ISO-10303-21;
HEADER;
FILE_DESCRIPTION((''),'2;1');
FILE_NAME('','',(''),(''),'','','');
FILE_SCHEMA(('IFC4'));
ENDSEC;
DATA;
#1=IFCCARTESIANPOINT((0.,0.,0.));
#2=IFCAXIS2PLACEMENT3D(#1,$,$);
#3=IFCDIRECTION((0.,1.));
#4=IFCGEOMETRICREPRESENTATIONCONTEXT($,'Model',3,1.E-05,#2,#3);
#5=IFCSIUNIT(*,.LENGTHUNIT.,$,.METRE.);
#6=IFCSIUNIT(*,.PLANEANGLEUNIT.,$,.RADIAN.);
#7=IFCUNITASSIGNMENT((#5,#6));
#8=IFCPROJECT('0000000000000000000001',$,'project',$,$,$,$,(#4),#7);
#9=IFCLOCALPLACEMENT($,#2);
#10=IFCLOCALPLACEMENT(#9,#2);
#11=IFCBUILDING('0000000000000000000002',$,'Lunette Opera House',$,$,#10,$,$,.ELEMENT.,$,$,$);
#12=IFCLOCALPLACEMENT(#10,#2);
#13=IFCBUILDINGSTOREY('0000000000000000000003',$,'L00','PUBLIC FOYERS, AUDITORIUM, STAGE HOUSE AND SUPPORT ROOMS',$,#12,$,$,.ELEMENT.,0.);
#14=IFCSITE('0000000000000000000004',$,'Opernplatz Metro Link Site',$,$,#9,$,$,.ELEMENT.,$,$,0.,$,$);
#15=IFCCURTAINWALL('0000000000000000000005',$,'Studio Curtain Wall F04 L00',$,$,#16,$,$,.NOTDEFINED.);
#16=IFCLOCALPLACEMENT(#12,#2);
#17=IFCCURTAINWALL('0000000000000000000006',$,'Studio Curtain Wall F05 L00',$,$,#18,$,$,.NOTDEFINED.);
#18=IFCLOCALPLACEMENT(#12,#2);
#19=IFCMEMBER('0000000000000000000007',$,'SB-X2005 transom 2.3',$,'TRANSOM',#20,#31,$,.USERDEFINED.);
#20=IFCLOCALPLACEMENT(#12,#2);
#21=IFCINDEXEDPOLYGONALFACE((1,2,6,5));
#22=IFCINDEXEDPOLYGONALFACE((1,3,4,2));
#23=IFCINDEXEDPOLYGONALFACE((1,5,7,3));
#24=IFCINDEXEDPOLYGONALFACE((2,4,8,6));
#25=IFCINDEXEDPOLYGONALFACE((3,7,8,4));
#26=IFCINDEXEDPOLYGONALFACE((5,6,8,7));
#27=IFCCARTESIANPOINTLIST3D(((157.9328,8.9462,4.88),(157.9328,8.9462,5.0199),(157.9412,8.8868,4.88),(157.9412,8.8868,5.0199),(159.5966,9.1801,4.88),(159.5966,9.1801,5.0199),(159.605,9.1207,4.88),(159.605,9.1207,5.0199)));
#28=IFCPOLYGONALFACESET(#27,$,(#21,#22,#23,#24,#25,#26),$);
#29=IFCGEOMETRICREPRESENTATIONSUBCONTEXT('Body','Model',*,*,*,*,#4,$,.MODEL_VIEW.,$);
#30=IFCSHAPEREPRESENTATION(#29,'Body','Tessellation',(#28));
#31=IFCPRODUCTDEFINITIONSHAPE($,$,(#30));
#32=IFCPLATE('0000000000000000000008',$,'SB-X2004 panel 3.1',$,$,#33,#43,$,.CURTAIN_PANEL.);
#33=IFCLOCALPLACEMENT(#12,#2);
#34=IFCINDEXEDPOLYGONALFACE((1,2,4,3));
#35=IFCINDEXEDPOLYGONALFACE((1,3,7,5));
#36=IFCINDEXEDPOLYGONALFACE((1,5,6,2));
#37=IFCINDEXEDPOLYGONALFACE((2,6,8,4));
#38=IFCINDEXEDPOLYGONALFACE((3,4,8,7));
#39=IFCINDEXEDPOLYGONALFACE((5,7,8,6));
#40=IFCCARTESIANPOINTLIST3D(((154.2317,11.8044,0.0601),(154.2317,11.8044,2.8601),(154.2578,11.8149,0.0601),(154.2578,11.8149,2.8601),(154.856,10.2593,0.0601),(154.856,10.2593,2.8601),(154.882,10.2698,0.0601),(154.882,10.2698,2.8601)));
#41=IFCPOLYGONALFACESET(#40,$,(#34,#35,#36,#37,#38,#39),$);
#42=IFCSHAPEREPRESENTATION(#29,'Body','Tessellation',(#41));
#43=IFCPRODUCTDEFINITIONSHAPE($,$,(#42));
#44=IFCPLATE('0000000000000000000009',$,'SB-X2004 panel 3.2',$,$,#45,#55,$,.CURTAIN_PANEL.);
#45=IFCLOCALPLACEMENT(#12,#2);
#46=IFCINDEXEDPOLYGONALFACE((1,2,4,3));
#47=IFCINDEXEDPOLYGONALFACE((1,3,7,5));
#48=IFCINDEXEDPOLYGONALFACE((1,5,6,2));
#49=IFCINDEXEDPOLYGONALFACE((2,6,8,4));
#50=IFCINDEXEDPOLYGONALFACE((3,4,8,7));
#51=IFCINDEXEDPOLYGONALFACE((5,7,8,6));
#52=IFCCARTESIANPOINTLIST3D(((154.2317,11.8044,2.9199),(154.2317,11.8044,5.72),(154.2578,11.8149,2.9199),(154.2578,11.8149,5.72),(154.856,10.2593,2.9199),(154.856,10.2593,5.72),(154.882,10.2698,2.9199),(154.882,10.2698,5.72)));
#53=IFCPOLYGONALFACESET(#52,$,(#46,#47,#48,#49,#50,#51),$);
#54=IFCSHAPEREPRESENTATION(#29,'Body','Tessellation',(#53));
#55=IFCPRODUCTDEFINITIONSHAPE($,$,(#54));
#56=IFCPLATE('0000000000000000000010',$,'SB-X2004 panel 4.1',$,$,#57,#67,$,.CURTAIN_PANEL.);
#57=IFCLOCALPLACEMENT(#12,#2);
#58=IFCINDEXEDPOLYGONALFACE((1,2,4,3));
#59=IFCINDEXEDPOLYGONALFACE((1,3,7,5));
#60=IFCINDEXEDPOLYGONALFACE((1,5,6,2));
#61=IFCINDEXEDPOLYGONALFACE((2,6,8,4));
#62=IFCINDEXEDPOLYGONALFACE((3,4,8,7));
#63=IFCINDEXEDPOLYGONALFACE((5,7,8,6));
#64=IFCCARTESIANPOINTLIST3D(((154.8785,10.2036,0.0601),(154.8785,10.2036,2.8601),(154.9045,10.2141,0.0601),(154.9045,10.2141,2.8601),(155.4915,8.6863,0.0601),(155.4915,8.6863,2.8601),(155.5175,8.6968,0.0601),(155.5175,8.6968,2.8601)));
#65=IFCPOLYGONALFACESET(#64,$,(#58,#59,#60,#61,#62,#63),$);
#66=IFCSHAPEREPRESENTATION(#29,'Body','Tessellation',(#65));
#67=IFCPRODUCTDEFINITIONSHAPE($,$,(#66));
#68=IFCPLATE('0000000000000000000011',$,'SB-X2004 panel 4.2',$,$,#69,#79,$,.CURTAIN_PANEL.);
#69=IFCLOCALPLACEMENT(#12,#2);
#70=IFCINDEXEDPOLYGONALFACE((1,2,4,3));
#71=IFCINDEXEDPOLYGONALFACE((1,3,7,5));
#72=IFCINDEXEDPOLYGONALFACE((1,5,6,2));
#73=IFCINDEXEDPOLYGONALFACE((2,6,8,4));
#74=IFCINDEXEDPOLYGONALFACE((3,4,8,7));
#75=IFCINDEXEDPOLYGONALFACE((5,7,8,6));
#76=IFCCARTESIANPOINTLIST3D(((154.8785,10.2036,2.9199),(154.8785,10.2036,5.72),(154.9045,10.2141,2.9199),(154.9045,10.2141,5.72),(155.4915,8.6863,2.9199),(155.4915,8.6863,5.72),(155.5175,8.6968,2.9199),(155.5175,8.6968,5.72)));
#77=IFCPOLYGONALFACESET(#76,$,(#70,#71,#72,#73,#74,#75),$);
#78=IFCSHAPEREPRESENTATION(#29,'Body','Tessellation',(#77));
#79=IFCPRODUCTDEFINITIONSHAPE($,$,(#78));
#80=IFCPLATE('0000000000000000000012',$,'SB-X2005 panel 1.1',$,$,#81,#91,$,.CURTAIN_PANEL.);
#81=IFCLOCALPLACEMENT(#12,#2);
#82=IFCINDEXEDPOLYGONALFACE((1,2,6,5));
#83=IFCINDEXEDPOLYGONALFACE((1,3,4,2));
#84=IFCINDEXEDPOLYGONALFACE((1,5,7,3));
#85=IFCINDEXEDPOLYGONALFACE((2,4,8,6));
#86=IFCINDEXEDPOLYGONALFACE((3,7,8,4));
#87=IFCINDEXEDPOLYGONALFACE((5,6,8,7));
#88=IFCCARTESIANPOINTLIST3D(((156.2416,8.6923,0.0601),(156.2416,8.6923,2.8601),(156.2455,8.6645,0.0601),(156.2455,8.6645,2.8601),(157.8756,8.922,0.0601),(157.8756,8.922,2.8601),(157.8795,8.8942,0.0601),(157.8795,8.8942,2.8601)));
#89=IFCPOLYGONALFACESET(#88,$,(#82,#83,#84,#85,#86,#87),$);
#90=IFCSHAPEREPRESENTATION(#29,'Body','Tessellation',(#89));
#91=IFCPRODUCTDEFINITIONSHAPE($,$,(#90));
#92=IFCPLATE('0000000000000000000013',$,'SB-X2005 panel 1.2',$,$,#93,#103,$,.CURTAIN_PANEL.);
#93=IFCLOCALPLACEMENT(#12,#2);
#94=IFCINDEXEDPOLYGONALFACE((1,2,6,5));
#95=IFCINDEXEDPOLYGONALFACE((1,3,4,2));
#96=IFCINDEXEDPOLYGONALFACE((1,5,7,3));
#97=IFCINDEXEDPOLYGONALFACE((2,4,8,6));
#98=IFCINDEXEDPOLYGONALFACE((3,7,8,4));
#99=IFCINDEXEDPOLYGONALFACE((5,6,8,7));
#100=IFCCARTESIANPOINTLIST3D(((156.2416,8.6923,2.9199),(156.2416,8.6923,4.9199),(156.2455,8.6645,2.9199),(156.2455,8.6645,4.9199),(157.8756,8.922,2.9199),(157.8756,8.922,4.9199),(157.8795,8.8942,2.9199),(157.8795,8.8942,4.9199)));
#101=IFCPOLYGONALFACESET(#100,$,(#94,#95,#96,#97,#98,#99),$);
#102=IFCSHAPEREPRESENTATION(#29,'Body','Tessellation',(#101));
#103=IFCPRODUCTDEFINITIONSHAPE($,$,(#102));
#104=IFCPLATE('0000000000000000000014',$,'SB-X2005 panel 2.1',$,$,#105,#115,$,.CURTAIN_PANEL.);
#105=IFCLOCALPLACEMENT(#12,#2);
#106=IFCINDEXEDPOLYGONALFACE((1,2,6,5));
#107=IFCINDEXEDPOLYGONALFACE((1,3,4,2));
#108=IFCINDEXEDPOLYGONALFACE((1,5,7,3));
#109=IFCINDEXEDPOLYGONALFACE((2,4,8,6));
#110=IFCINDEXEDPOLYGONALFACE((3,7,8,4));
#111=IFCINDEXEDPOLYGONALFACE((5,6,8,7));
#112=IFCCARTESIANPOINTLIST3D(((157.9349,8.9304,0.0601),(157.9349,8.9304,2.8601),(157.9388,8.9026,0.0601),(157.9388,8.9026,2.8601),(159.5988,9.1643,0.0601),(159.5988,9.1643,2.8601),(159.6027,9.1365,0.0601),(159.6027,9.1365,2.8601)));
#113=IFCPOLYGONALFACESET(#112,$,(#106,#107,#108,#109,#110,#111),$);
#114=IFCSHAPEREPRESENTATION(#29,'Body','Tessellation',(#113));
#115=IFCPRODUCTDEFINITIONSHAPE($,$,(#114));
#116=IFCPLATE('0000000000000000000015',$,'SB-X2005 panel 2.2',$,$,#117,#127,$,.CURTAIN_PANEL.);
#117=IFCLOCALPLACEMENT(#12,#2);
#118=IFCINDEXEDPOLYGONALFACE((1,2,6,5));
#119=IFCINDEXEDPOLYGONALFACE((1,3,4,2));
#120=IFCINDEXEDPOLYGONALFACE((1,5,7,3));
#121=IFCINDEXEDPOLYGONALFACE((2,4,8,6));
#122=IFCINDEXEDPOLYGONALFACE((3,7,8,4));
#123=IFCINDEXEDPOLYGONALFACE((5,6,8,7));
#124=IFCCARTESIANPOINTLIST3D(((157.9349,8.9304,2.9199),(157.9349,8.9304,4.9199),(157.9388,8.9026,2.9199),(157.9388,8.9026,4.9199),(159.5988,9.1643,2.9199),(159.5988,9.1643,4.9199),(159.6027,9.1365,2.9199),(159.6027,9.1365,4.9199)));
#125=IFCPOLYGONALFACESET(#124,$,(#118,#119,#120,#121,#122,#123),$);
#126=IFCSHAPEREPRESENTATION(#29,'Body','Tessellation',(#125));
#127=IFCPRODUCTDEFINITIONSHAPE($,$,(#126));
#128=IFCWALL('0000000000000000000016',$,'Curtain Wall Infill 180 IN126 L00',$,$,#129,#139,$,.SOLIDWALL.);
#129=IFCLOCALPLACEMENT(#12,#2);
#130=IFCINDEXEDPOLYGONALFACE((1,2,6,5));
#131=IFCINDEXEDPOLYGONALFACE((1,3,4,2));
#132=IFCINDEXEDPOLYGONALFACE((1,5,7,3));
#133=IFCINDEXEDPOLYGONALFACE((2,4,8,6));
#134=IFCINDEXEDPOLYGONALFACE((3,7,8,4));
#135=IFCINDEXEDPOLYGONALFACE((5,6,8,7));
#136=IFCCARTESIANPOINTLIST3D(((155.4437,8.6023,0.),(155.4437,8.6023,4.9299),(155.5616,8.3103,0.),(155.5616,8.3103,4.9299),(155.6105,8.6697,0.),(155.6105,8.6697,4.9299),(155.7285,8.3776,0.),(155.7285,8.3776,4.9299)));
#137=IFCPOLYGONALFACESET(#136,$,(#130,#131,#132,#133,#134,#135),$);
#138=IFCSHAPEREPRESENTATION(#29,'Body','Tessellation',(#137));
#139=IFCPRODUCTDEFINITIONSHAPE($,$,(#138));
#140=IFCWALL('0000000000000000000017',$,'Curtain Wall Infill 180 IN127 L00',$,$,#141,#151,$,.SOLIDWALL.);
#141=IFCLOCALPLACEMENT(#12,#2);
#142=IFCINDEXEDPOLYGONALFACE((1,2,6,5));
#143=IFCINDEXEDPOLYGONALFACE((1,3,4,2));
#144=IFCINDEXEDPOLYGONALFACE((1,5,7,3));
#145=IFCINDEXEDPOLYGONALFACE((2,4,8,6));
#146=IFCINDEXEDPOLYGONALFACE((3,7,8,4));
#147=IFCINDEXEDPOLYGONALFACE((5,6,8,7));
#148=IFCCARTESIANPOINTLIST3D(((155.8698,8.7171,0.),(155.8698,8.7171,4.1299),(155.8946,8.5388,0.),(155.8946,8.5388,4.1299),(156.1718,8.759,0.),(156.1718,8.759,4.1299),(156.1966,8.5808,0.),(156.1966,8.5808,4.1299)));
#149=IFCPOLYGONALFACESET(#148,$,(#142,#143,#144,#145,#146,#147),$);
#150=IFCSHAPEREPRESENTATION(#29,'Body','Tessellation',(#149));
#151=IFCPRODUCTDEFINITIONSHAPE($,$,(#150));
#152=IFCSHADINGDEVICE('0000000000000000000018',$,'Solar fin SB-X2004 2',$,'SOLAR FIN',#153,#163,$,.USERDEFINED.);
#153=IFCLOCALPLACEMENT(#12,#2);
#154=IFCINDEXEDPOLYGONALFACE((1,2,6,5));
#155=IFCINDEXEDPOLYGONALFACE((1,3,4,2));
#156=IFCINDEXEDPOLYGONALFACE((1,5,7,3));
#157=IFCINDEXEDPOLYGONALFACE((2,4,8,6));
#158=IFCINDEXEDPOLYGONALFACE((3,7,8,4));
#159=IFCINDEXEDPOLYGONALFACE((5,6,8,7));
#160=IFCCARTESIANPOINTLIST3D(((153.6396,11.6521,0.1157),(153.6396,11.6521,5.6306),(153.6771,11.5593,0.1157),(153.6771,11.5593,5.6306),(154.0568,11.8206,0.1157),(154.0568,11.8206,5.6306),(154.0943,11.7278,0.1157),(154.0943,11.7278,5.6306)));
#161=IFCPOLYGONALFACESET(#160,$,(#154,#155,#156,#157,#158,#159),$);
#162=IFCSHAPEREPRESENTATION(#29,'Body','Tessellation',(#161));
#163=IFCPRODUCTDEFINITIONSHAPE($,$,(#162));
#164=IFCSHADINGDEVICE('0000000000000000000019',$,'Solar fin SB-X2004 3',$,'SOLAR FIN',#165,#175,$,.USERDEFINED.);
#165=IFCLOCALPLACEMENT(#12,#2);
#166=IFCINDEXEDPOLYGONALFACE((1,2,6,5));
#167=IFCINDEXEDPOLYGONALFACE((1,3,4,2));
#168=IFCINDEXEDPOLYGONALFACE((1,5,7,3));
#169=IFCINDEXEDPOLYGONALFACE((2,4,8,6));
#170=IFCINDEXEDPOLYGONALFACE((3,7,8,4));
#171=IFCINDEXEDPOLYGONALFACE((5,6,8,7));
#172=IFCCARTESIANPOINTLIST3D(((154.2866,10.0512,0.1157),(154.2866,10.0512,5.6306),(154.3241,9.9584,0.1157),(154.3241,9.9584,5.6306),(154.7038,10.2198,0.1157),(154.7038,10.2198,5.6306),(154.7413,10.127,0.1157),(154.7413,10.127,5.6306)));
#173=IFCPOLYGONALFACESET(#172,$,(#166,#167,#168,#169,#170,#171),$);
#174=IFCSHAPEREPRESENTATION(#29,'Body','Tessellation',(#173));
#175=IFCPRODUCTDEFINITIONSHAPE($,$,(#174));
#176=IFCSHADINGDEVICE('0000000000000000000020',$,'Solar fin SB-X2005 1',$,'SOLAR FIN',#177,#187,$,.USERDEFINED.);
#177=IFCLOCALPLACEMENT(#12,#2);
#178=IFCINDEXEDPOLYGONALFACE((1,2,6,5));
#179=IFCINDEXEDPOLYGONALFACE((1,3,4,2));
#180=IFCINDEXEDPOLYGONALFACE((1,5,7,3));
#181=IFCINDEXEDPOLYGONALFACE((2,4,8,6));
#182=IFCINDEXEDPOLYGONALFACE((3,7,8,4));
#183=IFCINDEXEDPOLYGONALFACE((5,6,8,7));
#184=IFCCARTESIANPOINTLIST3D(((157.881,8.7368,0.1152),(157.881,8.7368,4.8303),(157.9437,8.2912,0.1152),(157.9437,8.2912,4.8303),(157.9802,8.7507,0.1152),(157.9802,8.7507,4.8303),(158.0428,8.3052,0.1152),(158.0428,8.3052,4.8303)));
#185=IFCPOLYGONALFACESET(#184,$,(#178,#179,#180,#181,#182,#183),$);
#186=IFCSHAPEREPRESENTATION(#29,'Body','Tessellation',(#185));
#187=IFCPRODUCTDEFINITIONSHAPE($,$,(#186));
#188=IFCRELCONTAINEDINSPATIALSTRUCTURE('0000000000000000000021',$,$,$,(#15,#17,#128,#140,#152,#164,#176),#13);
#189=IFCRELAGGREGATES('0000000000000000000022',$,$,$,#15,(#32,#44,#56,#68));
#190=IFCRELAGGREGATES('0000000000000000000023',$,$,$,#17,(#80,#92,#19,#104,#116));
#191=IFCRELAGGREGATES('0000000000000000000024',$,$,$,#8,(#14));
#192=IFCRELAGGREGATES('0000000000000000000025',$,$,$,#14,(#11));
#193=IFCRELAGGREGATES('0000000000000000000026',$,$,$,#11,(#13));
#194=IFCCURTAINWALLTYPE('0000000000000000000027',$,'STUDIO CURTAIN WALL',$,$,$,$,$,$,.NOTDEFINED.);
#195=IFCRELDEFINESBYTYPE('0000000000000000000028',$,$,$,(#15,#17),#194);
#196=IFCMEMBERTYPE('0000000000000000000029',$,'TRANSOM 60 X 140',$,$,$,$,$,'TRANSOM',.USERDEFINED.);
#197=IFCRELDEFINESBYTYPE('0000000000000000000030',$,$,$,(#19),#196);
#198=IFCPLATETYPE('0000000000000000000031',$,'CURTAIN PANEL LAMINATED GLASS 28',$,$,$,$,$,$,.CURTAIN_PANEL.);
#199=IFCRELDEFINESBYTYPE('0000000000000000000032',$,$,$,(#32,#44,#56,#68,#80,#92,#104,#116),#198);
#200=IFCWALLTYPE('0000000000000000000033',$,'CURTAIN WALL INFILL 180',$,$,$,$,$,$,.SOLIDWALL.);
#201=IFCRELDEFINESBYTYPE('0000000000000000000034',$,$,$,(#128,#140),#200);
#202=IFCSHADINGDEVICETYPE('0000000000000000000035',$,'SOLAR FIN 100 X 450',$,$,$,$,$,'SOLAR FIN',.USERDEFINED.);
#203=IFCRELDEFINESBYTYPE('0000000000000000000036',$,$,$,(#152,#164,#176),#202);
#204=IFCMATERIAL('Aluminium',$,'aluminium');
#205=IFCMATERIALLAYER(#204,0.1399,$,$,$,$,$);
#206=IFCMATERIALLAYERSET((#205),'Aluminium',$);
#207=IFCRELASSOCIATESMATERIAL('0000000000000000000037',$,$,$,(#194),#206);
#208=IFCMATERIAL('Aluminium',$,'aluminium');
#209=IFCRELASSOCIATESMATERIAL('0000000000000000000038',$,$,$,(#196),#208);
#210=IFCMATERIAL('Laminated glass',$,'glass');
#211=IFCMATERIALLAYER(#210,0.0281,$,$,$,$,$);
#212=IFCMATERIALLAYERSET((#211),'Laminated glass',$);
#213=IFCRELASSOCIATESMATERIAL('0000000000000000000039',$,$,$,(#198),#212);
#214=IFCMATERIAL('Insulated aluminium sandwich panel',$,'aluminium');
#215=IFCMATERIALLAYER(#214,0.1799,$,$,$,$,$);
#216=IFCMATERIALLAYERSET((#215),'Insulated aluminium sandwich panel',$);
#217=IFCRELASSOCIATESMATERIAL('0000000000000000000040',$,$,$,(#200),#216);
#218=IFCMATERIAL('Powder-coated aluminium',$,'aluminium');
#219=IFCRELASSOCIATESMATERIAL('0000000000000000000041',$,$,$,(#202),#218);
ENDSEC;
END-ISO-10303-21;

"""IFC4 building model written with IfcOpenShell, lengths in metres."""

from ifc_helpers import new_model, si_unit, direction, frame, frame_2d, origin, origin_2d, place, context, subcontext, project, spatial, rectangle, extrude, material, layer, layer_set, material_profile, profile_set, type_object, element, aggregate, save


model = new_model("IFC4")

# Units and contexts
model_context = context("Model", 3, precision=1e-05, world=origin(), true_north=direction((0.0, 1.0)))
body_context = subcontext(model_context, "Body", "Model", "MODEL_VIEW")
ifc_project = project(units=[si_unit("LENGTHUNIT", "METRE"), si_unit("PLANEANGLEUNIT", "RADIAN")], contexts=[model_context])

# Site, building, storey
site_placement = place(None, origin())
site = spatial("IfcSite", under=ifc_project, at=site_placement, Name="Opernplatz Metro Link Site", CompositionType="ELEMENT", RefElevation=0.0)
building_placement = place(site_placement, origin())
building = spatial("IfcBuilding", under=site, at=building_placement, Name="Lunette Opera House", CompositionType="ELEMENT")
storey_placement = place(building_placement, origin())
storey = spatial("IfcBuildingStorey", under=building, at=storey_placement, Name="L00", Description="PUBLIC FOYERS, AUDITORIUM, STAGE HOUSE AND SUPPORT ROOMS", CompositionType="ELEMENT", Elevation=0.0)

# Curtain walls
ifc_material_1 = material(Name="Aluminium", Category="aluminium")
ifc_layer_1 = layer(ifc_material_1, 0.1399)
ifc_layer_set_1 = layer_set([ifc_layer_1], Name="Aluminium")
curtain_wall_type = type_object("IfcCurtainWallType", Name="STUDIO CURTAIN WALL", PredefinedType="NOTDEFINED", material=ifc_layer_set_1)
curtain_wall_1_placement = place(storey_placement, origin())
curtain_wall_1 = element("IfcCurtainWall", 1, at=curtain_wall_1_placement, inside=storey, type_object=curtain_wall_type, Name="Studio Curtain Wall F04 L00", PredefinedType="NOTDEFINED")
curtain_wall_2_placement = place(storey_placement, origin())
curtain_wall_2 = element("IfcCurtainWall", 2, at=curtain_wall_2_placement, inside=storey, type_object=curtain_wall_type, Name="Studio Curtain Wall F05 L00", PredefinedType="NOTDEFINED")

# Member
ifc_material_2 = material(Name="Aluminium", Category="aluminium")
ifc_material_profile_1 = material_profile(ifc_material_2, rectangle(XDim=0.0601, YDim=0.1399, at=origin_2d()), Name="TRANSOM 60 X 140")
ifc_profile_set_1 = profile_set([ifc_material_profile_1], Name="Aluminium")
member_type_1 = type_object("IfcMemberType", Name="TRANSOM 60 X 140", ElementType="TRANSOM", PredefinedType="USERDEFINED", material=ifc_profile_set_1)
member_1_placement = place(storey_placement, frame((157.937, 8.9165, 4.95), z_axis=(0.990264, 0.139204, 0.0), x_axis=(-0.139204, 0.990264, 0.0)))
member_1 = element("IfcMember", 3, at=member_1_placement, type_object=member_type_1, Name="SB-X2005 transom 2.3", ObjectType="TRANSOM", PredefinedType="USERDEFINED", context=body_context, shape_type="SweptSolid", body=[
    extrude(rectangle(XDim=0.0601, YDim=0.1399, at=origin_2d()), origin(), (0.0, 0.0, 1.0), 1.6802),
])

# Plates
ifc_material_3 = material(Name="Laminated glass", Category="glass")
ifc_layer_2 = layer(ifc_material_3, 0.0281)
ifc_layer_set_2 = layer_set([ifc_layer_2], Name="Laminated glass")
plate_type = type_object("IfcPlateType", Name="CURTAIN PANEL LAMINATED GLASS 28", PredefinedType="CURTAIN_PANEL", material=ifc_layer_set_2)
plate_1_placement = place(storey_placement, frame((154.5569, 11.0371, 0.0601), z_axis=(0.0, 0.0, 1.0), x_axis=(0.374609, -0.927183, 0.0)))
plate_1 = element("IfcPlate", 4, at=plate_1_placement, type_object=plate_type, Name="SB-X2004 panel 3.1", PredefinedType="CURTAIN_PANEL", context=body_context, shape_type="SweptSolid", body=[
    extrude(rectangle(XDim=1.6665, YDim=0.0281, at=origin_2d()), origin(), (0.0, 0.0, 1.0), 2.8),
])
plate_2_placement = place(storey_placement, frame((154.5569, 11.0371, 2.9199), z_axis=(0.0, 0.0, 1.0), x_axis=(0.374609, -0.927183, 0.0)))
plate_2 = element("IfcPlate", 5, at=plate_2_placement, type_object=plate_type, Name="SB-X2004 panel 3.2", PredefinedType="CURTAIN_PANEL", context=body_context, shape_type="SweptSolid", body=[
    extrude(rectangle(XDim=1.6665, YDim=0.0281, at=origin_2d()), origin(), (0.0, 0.0, 1.0), 2.8),
])
plate_3_placement = place(storey_placement, frame((155.198, 9.4502, 0.0601), z_axis=(0.0, 0.0, 1.0), x_axis=(0.374609, -0.927183, 0.0)))
plate_3 = element("IfcPlate", 6, at=plate_3_placement, type_object=plate_type, Name="SB-X2004 panel 4.1", PredefinedType="CURTAIN_PANEL", context=body_context, shape_type="SweptSolid", body=[
    extrude(rectangle(XDim=1.6365, YDim=0.0281, at=origin_2d()), origin(), (0.0, 0.0, 1.0), 2.8),
])
plate_4_placement = place(storey_placement, frame((155.198, 9.4502, 2.9199), z_axis=(0.0, 0.0, 1.0), x_axis=(0.374609, -0.927183, 0.0)))
plate_4 = element("IfcPlate", 7, at=plate_4_placement, type_object=plate_type, Name="SB-X2004 panel 4.2", PredefinedType="CURTAIN_PANEL", context=body_context, shape_type="SweptSolid", body=[
    extrude(rectangle(XDim=1.6365, YDim=0.0281, at=origin_2d()), origin(), (0.0, 0.0, 1.0), 2.8),
])
aggregate(curtain_wall_1, [plate_1, plate_2, plate_3, plate_4])
plate_5_placement = place(storey_placement, frame((157.0605, 8.7932, 0.0601), z_axis=(0.0, 0.0, 1.0), x_axis=(0.990263, 0.139209, 0.0)))
plate_5 = element("IfcPlate", 8, at=plate_5_placement, type_object=plate_type, Name="SB-X2005 panel 1.1", PredefinedType="CURTAIN_PANEL", context=body_context, shape_type="SweptSolid", body=[
    extrude(rectangle(XDim=1.6501, YDim=0.0281, at=origin_2d()), origin(), (0.0, 0.0, 1.0), 2.8),
])
plate_6_placement = place(storey_placement, frame((157.0605, 8.7932, 2.9199), z_axis=(0.0, 0.0, 1.0), x_axis=(0.990263, 0.139209, 0.0)))
plate_6 = element("IfcPlate", 9, at=plate_6_placement, type_object=plate_type, Name="SB-X2005 panel 1.2", PredefinedType="CURTAIN_PANEL", context=body_context, shape_type="SweptSolid", body=[
    extrude(rectangle(XDim=1.6501, YDim=0.0281, at=origin_2d()), origin(), (0.0, 0.0, 1.0), 2.0),
])
plate_7_placement = place(storey_placement, frame((158.7688, 9.0334, 0.0601), z_axis=(0.0, 0.0, 1.0), x_axis=(0.990263, 0.139209, 0.0)))
plate_7 = element("IfcPlate", 10, at=plate_7_placement, type_object=plate_type, Name="SB-X2005 panel 2.1", PredefinedType="CURTAIN_PANEL", context=body_context, shape_type="SweptSolid", body=[
    extrude(rectangle(XDim=1.6802, YDim=0.0281, at=origin_2d()), origin(), (0.0, 0.0, 1.0), 2.8),
])
plate_8_placement = place(storey_placement, frame((158.7688, 9.0334, 2.9199), z_axis=(0.0, 0.0, 1.0), x_axis=(0.990263, 0.139209, 0.0)))
plate_8 = element("IfcPlate", 11, at=plate_8_placement, type_object=plate_type, Name="SB-X2005 panel 2.2", PredefinedType="CURTAIN_PANEL", context=body_context, shape_type="SweptSolid", body=[
    extrude(rectangle(XDim=1.6802, YDim=0.0281, at=origin_2d()), origin(), (0.0, 0.0, 1.0), 2.0),
])
aggregate(curtain_wall_2, [plate_5, plate_6, member_1, plate_7, plate_8])

# Walls
ifc_material_4 = material(Name="Insulated aluminium sandwich panel", Category="aluminium")
ifc_layer_3 = layer(ifc_material_4, 0.1799)
ifc_layer_set_3 = layer_set([ifc_layer_3], Name="Insulated aluminium sandwich panel")
wall_type = type_object("IfcWallType", Name="CURTAIN WALL INFILL 180", PredefinedType="SOLIDWALL", material=ifc_layer_set_3)
wall_1_placement = place(storey_placement, frame((155.5271, 8.636, 0.0), z_axis=(0.0, 0.0, 1.0), x_axis=(0.374463, -0.927242, 0.0)))
element("IfcWall", 12, at=wall_1_placement, inside=storey, type_object=wall_type, Name="Curtain Wall Infill 180 IN126 L00", PredefinedType="SOLIDWALL", context=body_context, shape_type="SweptSolid", body=[
    extrude(rectangle(XDim=0.3149, YDim=0.1799, at=frame_2d((0.1575, 0.0))), origin(), (0.0, 0.0, 1.0), 4.9299),
])
wall_2_placement = place(storey_placement, frame((156.1841, 8.6699, 0.0), z_axis=(0.0, 0.0, 1.0), x_axis=(-0.990471, -0.137721, 0.0)))
element("IfcWall", 13, at=wall_2_placement, inside=storey, type_object=wall_type, Name="Curtain Wall Infill 180 IN127 L00", PredefinedType="SOLIDWALL", context=body_context, shape_type="SweptSolid", body=[
    extrude(rectangle(XDim=0.3049, YDim=0.1799, at=frame_2d((0.1523, 0.0))), origin(), (0.0, 0.0, 1.0), 4.1299),
])

# Shading devices
ifc_material_5 = material(Name="Powder-coated aluminium", Category="aluminium")
shading_device_type = type_object("IfcShadingDeviceType", Name="SOLAR FIN 100 X 450", ElementType="SOLAR FIN", PredefinedType="USERDEFINED", material=ifc_material_5)
for number, where, z_axis, x_axis, name in (
    (14, (153.8669, 11.6899, 0.1157), (0.0, 0.0, 1.0), (-0.927183, -0.37461, 0.0), "Solar fin SB-X2004 2"),
    (15, (154.5139, 10.0891, 0.1157), (0.0, 0.0, 1.0), (-0.927183, -0.37461, 0.0), "Solar fin SB-X2004 3"),
):
    element("IfcShadingDevice", number, at=place(storey_placement, frame(where, z_axis=z_axis, x_axis=x_axis)), inside=storey, type_object=shading_device_type, Name=name, ObjectType="SOLAR FIN", PredefinedType="USERDEFINED", context=body_context, shape_type="SweptSolid", body=[
        extrude(rectangle(XDim=0.45, YDim=0.1001, at=origin_2d()), origin(), (0.0, 0.0, 1.0), 5.5149),
    ])
shading_device_placement = place(storey_placement, frame((157.9619, 8.521, 0.1152), z_axis=(0.0, 0.0, 1.0), x_axis=(0.139209, -0.990263, 0.0)))
element("IfcShadingDevice", 16, at=shading_device_placement, inside=storey, type_object=shading_device_type, Name="Solar fin SB-X2005 1", ObjectType="SOLAR FIN", PredefinedType="USERDEFINED", context=body_context, shape_type="SweptSolid", body=[
    extrude(rectangle(XDim=0.45, YDim=0.1001, at=origin_2d()), origin(), (0.0, 0.0, 1.0), 4.7151),
])

save(model, "model.ifc")
